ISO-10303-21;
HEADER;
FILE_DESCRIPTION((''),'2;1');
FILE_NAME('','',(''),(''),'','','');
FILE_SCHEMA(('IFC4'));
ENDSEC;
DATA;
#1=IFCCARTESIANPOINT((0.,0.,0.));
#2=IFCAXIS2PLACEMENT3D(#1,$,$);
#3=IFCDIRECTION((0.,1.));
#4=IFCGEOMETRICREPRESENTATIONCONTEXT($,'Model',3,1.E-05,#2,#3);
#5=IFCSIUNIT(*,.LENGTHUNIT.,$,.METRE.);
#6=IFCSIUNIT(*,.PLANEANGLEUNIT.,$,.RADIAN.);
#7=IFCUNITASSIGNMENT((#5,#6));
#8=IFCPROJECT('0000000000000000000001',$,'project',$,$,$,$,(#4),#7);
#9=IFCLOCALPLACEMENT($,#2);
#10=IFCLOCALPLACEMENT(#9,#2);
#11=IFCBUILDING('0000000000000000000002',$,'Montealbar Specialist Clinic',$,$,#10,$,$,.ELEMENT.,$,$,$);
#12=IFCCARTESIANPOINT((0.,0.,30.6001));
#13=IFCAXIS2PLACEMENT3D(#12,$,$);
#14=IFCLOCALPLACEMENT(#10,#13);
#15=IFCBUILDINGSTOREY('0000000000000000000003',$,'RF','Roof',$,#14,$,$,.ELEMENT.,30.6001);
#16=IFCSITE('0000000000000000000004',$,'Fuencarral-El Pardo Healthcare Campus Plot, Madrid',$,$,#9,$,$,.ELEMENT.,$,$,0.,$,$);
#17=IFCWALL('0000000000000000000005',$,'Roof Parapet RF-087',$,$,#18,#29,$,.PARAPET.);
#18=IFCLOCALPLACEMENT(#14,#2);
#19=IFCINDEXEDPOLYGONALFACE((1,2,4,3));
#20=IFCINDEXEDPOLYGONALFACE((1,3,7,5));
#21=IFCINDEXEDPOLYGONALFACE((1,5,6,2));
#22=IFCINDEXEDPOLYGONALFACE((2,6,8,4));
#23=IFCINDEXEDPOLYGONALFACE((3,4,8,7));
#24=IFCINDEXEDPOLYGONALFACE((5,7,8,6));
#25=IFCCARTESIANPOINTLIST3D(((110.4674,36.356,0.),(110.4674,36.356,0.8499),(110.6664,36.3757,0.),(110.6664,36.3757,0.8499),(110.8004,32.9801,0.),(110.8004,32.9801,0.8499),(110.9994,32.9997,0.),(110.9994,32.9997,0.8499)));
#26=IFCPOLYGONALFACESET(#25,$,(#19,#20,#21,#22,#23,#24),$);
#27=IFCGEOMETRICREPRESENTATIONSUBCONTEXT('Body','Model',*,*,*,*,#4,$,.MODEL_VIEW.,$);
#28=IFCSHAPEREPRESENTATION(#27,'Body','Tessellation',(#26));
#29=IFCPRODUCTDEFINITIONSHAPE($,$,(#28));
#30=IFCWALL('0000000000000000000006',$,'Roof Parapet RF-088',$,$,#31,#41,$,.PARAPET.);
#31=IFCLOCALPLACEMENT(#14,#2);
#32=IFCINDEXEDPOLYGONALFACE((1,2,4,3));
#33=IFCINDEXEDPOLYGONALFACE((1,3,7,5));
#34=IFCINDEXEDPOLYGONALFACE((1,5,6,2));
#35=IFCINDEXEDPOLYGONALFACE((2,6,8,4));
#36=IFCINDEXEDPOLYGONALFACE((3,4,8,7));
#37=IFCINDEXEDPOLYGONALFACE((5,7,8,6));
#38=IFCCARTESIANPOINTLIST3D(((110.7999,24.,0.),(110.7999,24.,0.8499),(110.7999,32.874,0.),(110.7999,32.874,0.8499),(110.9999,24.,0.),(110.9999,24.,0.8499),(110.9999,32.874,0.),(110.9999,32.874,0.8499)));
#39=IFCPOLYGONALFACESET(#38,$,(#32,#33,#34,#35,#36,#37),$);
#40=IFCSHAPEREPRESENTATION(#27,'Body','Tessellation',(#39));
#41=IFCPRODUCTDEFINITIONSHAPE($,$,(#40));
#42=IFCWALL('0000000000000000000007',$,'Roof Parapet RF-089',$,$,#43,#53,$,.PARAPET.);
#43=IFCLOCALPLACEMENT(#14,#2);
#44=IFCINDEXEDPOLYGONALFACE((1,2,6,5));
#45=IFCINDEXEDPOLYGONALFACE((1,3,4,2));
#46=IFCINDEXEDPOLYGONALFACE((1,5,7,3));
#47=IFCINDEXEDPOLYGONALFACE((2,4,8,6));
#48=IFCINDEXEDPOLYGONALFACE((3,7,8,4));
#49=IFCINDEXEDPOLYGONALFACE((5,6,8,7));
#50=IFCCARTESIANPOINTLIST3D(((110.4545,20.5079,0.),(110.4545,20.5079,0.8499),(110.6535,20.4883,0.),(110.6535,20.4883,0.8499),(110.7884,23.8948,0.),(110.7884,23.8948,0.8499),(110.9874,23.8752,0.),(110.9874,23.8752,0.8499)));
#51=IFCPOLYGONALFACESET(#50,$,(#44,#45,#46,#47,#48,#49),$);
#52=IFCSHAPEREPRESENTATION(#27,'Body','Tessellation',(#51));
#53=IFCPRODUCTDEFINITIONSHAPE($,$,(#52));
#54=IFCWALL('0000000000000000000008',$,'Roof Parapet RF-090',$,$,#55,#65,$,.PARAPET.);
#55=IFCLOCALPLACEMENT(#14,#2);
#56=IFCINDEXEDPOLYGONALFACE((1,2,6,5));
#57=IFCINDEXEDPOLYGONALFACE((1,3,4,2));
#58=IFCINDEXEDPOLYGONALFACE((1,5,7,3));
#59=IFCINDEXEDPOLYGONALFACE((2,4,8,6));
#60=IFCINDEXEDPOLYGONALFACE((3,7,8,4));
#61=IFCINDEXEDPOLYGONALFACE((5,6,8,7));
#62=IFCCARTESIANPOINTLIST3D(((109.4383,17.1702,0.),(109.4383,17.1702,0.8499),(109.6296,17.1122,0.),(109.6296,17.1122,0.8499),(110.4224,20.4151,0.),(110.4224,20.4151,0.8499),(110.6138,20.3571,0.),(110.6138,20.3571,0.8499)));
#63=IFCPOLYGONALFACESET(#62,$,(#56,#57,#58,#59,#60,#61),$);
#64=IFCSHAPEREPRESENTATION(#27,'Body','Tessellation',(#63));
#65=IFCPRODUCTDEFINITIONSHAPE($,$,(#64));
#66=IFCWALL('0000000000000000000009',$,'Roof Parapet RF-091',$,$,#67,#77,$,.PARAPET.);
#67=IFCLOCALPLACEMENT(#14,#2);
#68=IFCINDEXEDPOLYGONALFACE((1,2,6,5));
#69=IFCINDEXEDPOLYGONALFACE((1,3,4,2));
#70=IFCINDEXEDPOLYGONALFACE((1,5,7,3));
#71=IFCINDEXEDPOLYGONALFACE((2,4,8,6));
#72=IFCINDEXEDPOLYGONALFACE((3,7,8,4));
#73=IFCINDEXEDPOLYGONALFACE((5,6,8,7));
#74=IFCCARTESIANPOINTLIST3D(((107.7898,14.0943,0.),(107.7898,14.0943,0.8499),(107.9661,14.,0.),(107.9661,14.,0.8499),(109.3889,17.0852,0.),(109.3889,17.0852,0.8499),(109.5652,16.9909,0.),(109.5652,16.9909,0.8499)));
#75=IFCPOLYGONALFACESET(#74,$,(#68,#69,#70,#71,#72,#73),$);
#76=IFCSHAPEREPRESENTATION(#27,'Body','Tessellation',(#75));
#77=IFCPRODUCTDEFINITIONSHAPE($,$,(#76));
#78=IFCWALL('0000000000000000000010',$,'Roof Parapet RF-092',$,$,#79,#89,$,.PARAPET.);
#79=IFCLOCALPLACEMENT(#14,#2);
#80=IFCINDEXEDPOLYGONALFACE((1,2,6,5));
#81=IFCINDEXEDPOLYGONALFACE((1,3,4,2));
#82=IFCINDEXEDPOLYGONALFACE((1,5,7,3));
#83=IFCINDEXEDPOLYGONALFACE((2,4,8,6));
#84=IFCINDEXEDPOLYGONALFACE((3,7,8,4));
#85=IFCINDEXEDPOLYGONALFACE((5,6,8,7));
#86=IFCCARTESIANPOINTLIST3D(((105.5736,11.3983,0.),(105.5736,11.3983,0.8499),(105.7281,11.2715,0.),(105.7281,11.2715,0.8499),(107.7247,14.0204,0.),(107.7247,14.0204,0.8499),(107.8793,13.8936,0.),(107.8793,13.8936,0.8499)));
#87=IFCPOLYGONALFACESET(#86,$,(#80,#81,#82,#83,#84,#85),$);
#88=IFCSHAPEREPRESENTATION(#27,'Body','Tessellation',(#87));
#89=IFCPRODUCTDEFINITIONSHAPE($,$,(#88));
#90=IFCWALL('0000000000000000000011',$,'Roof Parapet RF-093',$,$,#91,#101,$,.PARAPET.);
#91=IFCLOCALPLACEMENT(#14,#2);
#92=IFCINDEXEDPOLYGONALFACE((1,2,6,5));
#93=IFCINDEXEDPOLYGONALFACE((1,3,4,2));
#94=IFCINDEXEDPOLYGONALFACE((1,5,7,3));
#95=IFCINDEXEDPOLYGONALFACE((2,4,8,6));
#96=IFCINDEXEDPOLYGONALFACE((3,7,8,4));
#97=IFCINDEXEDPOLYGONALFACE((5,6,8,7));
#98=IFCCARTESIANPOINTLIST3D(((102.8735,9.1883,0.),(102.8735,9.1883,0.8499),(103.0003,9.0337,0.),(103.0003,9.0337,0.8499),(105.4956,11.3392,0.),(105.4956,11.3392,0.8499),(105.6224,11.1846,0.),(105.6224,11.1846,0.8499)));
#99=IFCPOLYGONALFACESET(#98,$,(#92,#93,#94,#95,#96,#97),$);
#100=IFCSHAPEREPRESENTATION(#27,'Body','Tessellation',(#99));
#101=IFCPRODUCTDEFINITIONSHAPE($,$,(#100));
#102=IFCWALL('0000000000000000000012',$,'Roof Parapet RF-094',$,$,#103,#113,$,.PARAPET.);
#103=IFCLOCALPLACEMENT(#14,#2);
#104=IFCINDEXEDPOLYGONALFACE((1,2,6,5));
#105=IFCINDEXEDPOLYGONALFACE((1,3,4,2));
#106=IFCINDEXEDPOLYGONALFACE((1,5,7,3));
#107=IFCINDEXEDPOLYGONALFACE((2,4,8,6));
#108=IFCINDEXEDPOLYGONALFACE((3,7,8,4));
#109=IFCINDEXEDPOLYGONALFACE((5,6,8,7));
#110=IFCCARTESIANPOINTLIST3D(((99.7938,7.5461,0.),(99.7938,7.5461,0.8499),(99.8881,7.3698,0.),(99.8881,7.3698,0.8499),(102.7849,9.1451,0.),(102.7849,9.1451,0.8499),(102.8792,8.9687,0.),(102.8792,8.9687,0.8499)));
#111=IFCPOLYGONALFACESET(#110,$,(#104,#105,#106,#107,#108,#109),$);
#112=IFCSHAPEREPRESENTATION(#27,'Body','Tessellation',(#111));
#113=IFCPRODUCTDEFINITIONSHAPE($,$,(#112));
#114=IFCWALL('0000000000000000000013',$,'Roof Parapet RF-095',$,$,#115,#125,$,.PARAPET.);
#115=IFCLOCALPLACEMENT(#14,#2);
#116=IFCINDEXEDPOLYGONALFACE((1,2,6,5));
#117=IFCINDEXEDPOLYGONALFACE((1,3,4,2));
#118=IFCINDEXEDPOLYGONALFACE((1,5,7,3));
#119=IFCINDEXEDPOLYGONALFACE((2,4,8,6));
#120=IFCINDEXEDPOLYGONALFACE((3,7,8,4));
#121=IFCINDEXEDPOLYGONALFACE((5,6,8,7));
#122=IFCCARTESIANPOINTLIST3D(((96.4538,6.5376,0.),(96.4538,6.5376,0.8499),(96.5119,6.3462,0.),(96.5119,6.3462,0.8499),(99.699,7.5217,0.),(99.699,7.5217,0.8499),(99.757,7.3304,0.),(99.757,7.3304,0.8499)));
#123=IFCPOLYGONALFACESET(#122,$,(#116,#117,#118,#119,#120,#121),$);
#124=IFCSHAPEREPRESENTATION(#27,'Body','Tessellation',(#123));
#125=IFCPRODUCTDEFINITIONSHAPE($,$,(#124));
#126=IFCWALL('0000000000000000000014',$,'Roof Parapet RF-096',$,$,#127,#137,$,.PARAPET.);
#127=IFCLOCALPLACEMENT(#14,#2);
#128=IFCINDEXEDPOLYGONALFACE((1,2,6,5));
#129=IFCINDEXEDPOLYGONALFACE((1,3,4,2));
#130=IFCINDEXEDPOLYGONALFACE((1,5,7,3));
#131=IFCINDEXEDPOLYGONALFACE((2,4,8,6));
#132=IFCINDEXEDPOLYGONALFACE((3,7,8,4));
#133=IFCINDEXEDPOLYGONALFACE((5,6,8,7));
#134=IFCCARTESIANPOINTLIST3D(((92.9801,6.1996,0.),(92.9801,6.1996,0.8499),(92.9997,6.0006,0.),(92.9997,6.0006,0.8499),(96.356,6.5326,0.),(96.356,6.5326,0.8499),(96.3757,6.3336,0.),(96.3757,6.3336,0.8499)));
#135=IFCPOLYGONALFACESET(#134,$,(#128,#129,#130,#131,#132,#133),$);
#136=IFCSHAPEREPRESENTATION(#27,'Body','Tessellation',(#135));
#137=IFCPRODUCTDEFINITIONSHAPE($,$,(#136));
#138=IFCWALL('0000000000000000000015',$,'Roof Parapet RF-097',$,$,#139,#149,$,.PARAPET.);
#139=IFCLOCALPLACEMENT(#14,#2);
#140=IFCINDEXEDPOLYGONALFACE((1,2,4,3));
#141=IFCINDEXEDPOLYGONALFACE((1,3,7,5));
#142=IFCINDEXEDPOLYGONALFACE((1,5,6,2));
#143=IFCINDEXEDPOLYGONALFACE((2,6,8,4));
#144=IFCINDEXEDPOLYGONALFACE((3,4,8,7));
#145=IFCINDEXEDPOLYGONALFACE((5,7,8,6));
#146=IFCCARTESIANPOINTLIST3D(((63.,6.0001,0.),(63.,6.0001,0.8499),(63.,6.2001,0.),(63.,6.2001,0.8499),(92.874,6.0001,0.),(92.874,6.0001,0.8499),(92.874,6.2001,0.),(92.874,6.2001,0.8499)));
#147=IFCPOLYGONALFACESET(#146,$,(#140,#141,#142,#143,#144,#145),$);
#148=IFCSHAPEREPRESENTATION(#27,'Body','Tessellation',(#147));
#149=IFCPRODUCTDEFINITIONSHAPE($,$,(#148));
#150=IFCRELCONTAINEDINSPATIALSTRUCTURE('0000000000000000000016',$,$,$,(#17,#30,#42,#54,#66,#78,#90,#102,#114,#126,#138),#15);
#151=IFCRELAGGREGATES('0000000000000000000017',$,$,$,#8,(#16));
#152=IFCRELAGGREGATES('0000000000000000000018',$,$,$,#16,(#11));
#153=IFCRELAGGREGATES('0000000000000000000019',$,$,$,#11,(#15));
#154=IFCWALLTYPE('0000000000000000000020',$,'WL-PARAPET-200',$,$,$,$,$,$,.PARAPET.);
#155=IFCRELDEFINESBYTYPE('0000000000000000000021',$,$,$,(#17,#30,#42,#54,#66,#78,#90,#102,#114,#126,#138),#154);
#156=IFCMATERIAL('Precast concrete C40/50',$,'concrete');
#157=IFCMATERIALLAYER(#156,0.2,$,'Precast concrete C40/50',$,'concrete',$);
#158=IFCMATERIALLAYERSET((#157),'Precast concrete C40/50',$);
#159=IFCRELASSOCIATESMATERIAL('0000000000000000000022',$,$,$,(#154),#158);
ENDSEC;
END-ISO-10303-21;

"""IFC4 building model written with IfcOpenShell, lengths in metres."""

from ifc_helpers import new_model, si_unit, direction, frame, frame_2d, origin, place, context, subcontext, project, spatial, rectangle, extrude, material, layer, layer_set, type_object, element, save


model = new_model("IFC4")

# Units and contexts
model_context = context("Model", 3, precision=1e-05, world=origin(), true_north=direction((0.0, 1.0)))
body_context = subcontext(model_context, "Body", "Model", "MODEL_VIEW")
ifc_project = project(units=[si_unit("LENGTHUNIT", "METRE"), si_unit("PLANEANGLEUNIT", "RADIAN")], contexts=[model_context])

# Site, building, storey
site_placement = place(None, origin())
site = spatial("IfcSite", under=ifc_project, at=site_placement, Name="Fuencarral-El Pardo Healthcare Campus Plot, Madrid", CompositionType="ELEMENT", RefElevation=0.0)
building_placement = place(site_placement, origin())
building = spatial("IfcBuilding", under=site, at=building_placement, Name="Montealbar Specialist Clinic", CompositionType="ELEMENT")
storey_placement = place(building_placement, frame((0.0, 0.0, 30.6001)))
storey = spatial("IfcBuildingStorey", under=building, at=storey_placement, Name="RF", Description="Roof", CompositionType="ELEMENT", Elevation=30.6001)

# Walls
ifc_material_1 = material(Name="Precast concrete C40/50", Category="concrete")
ifc_layer_1 = layer(ifc_material_1, 0.2, Name="Precast concrete C40/50", Category="concrete")
ifc_layer_set_1 = layer_set([ifc_layer_1], Name="Precast concrete C40/50")
wall_type_1 = type_object("IfcWallType", Name="WL-PARAPET-200", PredefinedType="PARAPET", material=ifc_layer_set_1)
wall_1_placement = place(storey_placement, frame((110.5669, 36.366, 0.0), z_axis=(0.0, 0.0, 1.0), x_axis=(0.098164, -0.99517, 0.0)))
element("IfcWall", 1, at=wall_1_placement, inside=storey, type_object=wall_type_1, Name="Roof Parapet RF-087", PredefinedType="PARAPET", context=body_context, shape_type="SweptSolid", body=[
    extrude(rectangle(XDim=3.3923, YDim=0.2, at=frame_2d((1.6963, 0.0))), origin(), (0.0, 0.0, 1.0), 0.8499),
])
wall_2_placement = place(storey_placement, frame((110.8999, 32.874, 0.0), z_axis=(0.0, 0.0, 1.0), x_axis=(0.0, -1.0, 0.0)))
element("IfcWall", 2, at=wall_2_placement, inside=storey, type_object=wall_type_1, Name="Roof Parapet RF-088", PredefinedType="PARAPET", context=body_context, shape_type="SweptSolid", body=[
    extrude(rectangle(XDim=8.874, YDim=0.2, at=frame_2d((4.437, 0.0))), origin(), (0.0, 0.0, 1.0), 0.8499),
])
wall_3_placement = place(storey_placement, frame((110.8879, 23.885, 0.0), z_axis=(0.0, 0.0, 1.0), x_axis=(-0.098133, -0.995173, 0.0)))
element("IfcWall", 3, at=wall_3_placement, inside=storey, type_object=wall_type_1, Name="Roof Parapet RF-089", PredefinedType="PARAPET", context=body_context, shape_type="SweptSolid", body=[
    extrude(rectangle(XDim=3.4033, YDim=0.2, at=frame_2d((1.7017, 0.0))), origin(), (0.0, 0.0, 1.0), 0.8499),
])
wall_4_placement = place(storey_placement, frame((110.5181, 20.386, 0.0), z_axis=(0.0, 0.0, 1.0), x_axis=(-0.290233, -0.956956, 0.0)))
element("IfcWall", 4, at=wall_4_placement, inside=storey, type_object=wall_type_1, Name="Roof Parapet RF-090", PredefinedType="PARAPET", context=body_context, shape_type="SweptSolid", body=[
    extrude(rectangle(XDim=3.3909, YDim=0.2, at=frame_2d((1.6953, 0.0))), origin(), (0.0, 0.0, 1.0), 0.8499),
])
for number, where, z_axis, x_axis, name in (
    (5, (109.4771, 17.0381, 0.0), (0.0, 0.0, 1.0), (-0.471492, -0.88187, 0.0), "Roof Parapet RF-091"),
    (6, (107.802, 13.957, 0.0), (0.0, 0.0, 1.0), (-0.63426, -0.77312, 0.0), "Roof Parapet RF-092"),
):
    element("IfcWall", number, at=place(storey_placement, frame(where, z_axis=z_axis, x_axis=x_axis)), inside=storey, type_object=wall_type_1, Name=name, PredefinedType="PARAPET", context=body_context, shape_type="SweptSolid", body=[
        extrude(rectangle(XDim=3.3916, YDim=0.2, at=frame_2d((1.6958, 0.0))), origin(), (0.0, 0.0, 1.0), 0.8499),
    ])
wall_5_placement = place(storey_placement, frame((105.5591, 11.262, 0.0), z_axis=(0.0, 0.0, 1.0), x_axis=(-0.773155, -0.634217, 0.0)))
element("IfcWall", 7, at=wall_5_placement, inside=storey, type_object=wall_type_1, Name="Roof Parapet RF-093", PredefinedType="PARAPET", context=body_context, shape_type="SweptSolid", body=[
    extrude(rectangle(XDim=3.3914, YDim=0.2, at=frame_2d((1.6958, 0.0))), origin(), (0.0, 0.0, 1.0), 0.8499),
])
wall_6_placement = place(storey_placement, frame((102.832, 9.0569, 0.0), z_axis=(0.0, 0.0, 1.0), x_axis=(-0.8819, -0.471436, 0.0)))
element("IfcWall", 8, at=wall_6_placement, inside=storey, type_object=wall_type_1, Name="Roof Parapet RF-094", PredefinedType="PARAPET", context=body_context, shape_type="SweptSolid", body=[
    extrude(rectangle(XDim=3.3916, YDim=0.2, at=frame_2d((1.6958, 0.0))), origin(), (0.0, 0.0, 1.0), 0.8499),
])
wall_7_placement = place(storey_placement, frame((99.728, 7.426, 0.0), z_axis=(0.0, 0.0, 1.0), x_axis=(-0.956962, -0.290213, 0.0)))
element("IfcWall", 9, at=wall_7_placement, inside=storey, type_object=wall_type_1, Name="Roof Parapet RF-095", PredefinedType="PARAPET", context=body_context, shape_type="SweptSolid", body=[
    extrude(rectangle(XDim=3.3911, YDim=0.2, at=frame_2d((1.6956, 0.0))), origin(), (0.0, 0.0, 1.0), 0.8499),
])
wall_8_placement = place(storey_placement, frame((96.366, 6.4331, 0.0), z_axis=(0.0, 0.0, 1.0), x_axis=(-0.99517, -0.098164, 0.0)))
element("IfcWall", 10, at=wall_8_placement, inside=storey, type_object=wall_type_1, Name="Roof Parapet RF-096", PredefinedType="PARAPET", context=body_context, shape_type="SweptSolid", body=[
    extrude(rectangle(XDim=3.3923, YDim=0.2, at=frame_2d((1.6963, 0.0))), origin(), (0.0, 0.0, 1.0), 0.8499),
])
wall_9_placement = place(storey_placement, frame((92.874, 6.1001, 0.0), z_axis=(0.0, 0.0, 1.0), x_axis=(-1.0, 0.0, 0.0)))
element("IfcWall", 11, at=wall_9_placement, inside=storey, type_object=wall_type_1, Name="Roof Parapet RF-097", PredefinedType="PARAPET", context=body_context, shape_type="SweptSolid", body=[
    extrude(rectangle(XDim=29.874, YDim=0.2, at=frame_2d((14.937, 0.0))), origin(), (0.0, 0.0, 1.0), 0.8499),
])

save(model, "model.ifc")
